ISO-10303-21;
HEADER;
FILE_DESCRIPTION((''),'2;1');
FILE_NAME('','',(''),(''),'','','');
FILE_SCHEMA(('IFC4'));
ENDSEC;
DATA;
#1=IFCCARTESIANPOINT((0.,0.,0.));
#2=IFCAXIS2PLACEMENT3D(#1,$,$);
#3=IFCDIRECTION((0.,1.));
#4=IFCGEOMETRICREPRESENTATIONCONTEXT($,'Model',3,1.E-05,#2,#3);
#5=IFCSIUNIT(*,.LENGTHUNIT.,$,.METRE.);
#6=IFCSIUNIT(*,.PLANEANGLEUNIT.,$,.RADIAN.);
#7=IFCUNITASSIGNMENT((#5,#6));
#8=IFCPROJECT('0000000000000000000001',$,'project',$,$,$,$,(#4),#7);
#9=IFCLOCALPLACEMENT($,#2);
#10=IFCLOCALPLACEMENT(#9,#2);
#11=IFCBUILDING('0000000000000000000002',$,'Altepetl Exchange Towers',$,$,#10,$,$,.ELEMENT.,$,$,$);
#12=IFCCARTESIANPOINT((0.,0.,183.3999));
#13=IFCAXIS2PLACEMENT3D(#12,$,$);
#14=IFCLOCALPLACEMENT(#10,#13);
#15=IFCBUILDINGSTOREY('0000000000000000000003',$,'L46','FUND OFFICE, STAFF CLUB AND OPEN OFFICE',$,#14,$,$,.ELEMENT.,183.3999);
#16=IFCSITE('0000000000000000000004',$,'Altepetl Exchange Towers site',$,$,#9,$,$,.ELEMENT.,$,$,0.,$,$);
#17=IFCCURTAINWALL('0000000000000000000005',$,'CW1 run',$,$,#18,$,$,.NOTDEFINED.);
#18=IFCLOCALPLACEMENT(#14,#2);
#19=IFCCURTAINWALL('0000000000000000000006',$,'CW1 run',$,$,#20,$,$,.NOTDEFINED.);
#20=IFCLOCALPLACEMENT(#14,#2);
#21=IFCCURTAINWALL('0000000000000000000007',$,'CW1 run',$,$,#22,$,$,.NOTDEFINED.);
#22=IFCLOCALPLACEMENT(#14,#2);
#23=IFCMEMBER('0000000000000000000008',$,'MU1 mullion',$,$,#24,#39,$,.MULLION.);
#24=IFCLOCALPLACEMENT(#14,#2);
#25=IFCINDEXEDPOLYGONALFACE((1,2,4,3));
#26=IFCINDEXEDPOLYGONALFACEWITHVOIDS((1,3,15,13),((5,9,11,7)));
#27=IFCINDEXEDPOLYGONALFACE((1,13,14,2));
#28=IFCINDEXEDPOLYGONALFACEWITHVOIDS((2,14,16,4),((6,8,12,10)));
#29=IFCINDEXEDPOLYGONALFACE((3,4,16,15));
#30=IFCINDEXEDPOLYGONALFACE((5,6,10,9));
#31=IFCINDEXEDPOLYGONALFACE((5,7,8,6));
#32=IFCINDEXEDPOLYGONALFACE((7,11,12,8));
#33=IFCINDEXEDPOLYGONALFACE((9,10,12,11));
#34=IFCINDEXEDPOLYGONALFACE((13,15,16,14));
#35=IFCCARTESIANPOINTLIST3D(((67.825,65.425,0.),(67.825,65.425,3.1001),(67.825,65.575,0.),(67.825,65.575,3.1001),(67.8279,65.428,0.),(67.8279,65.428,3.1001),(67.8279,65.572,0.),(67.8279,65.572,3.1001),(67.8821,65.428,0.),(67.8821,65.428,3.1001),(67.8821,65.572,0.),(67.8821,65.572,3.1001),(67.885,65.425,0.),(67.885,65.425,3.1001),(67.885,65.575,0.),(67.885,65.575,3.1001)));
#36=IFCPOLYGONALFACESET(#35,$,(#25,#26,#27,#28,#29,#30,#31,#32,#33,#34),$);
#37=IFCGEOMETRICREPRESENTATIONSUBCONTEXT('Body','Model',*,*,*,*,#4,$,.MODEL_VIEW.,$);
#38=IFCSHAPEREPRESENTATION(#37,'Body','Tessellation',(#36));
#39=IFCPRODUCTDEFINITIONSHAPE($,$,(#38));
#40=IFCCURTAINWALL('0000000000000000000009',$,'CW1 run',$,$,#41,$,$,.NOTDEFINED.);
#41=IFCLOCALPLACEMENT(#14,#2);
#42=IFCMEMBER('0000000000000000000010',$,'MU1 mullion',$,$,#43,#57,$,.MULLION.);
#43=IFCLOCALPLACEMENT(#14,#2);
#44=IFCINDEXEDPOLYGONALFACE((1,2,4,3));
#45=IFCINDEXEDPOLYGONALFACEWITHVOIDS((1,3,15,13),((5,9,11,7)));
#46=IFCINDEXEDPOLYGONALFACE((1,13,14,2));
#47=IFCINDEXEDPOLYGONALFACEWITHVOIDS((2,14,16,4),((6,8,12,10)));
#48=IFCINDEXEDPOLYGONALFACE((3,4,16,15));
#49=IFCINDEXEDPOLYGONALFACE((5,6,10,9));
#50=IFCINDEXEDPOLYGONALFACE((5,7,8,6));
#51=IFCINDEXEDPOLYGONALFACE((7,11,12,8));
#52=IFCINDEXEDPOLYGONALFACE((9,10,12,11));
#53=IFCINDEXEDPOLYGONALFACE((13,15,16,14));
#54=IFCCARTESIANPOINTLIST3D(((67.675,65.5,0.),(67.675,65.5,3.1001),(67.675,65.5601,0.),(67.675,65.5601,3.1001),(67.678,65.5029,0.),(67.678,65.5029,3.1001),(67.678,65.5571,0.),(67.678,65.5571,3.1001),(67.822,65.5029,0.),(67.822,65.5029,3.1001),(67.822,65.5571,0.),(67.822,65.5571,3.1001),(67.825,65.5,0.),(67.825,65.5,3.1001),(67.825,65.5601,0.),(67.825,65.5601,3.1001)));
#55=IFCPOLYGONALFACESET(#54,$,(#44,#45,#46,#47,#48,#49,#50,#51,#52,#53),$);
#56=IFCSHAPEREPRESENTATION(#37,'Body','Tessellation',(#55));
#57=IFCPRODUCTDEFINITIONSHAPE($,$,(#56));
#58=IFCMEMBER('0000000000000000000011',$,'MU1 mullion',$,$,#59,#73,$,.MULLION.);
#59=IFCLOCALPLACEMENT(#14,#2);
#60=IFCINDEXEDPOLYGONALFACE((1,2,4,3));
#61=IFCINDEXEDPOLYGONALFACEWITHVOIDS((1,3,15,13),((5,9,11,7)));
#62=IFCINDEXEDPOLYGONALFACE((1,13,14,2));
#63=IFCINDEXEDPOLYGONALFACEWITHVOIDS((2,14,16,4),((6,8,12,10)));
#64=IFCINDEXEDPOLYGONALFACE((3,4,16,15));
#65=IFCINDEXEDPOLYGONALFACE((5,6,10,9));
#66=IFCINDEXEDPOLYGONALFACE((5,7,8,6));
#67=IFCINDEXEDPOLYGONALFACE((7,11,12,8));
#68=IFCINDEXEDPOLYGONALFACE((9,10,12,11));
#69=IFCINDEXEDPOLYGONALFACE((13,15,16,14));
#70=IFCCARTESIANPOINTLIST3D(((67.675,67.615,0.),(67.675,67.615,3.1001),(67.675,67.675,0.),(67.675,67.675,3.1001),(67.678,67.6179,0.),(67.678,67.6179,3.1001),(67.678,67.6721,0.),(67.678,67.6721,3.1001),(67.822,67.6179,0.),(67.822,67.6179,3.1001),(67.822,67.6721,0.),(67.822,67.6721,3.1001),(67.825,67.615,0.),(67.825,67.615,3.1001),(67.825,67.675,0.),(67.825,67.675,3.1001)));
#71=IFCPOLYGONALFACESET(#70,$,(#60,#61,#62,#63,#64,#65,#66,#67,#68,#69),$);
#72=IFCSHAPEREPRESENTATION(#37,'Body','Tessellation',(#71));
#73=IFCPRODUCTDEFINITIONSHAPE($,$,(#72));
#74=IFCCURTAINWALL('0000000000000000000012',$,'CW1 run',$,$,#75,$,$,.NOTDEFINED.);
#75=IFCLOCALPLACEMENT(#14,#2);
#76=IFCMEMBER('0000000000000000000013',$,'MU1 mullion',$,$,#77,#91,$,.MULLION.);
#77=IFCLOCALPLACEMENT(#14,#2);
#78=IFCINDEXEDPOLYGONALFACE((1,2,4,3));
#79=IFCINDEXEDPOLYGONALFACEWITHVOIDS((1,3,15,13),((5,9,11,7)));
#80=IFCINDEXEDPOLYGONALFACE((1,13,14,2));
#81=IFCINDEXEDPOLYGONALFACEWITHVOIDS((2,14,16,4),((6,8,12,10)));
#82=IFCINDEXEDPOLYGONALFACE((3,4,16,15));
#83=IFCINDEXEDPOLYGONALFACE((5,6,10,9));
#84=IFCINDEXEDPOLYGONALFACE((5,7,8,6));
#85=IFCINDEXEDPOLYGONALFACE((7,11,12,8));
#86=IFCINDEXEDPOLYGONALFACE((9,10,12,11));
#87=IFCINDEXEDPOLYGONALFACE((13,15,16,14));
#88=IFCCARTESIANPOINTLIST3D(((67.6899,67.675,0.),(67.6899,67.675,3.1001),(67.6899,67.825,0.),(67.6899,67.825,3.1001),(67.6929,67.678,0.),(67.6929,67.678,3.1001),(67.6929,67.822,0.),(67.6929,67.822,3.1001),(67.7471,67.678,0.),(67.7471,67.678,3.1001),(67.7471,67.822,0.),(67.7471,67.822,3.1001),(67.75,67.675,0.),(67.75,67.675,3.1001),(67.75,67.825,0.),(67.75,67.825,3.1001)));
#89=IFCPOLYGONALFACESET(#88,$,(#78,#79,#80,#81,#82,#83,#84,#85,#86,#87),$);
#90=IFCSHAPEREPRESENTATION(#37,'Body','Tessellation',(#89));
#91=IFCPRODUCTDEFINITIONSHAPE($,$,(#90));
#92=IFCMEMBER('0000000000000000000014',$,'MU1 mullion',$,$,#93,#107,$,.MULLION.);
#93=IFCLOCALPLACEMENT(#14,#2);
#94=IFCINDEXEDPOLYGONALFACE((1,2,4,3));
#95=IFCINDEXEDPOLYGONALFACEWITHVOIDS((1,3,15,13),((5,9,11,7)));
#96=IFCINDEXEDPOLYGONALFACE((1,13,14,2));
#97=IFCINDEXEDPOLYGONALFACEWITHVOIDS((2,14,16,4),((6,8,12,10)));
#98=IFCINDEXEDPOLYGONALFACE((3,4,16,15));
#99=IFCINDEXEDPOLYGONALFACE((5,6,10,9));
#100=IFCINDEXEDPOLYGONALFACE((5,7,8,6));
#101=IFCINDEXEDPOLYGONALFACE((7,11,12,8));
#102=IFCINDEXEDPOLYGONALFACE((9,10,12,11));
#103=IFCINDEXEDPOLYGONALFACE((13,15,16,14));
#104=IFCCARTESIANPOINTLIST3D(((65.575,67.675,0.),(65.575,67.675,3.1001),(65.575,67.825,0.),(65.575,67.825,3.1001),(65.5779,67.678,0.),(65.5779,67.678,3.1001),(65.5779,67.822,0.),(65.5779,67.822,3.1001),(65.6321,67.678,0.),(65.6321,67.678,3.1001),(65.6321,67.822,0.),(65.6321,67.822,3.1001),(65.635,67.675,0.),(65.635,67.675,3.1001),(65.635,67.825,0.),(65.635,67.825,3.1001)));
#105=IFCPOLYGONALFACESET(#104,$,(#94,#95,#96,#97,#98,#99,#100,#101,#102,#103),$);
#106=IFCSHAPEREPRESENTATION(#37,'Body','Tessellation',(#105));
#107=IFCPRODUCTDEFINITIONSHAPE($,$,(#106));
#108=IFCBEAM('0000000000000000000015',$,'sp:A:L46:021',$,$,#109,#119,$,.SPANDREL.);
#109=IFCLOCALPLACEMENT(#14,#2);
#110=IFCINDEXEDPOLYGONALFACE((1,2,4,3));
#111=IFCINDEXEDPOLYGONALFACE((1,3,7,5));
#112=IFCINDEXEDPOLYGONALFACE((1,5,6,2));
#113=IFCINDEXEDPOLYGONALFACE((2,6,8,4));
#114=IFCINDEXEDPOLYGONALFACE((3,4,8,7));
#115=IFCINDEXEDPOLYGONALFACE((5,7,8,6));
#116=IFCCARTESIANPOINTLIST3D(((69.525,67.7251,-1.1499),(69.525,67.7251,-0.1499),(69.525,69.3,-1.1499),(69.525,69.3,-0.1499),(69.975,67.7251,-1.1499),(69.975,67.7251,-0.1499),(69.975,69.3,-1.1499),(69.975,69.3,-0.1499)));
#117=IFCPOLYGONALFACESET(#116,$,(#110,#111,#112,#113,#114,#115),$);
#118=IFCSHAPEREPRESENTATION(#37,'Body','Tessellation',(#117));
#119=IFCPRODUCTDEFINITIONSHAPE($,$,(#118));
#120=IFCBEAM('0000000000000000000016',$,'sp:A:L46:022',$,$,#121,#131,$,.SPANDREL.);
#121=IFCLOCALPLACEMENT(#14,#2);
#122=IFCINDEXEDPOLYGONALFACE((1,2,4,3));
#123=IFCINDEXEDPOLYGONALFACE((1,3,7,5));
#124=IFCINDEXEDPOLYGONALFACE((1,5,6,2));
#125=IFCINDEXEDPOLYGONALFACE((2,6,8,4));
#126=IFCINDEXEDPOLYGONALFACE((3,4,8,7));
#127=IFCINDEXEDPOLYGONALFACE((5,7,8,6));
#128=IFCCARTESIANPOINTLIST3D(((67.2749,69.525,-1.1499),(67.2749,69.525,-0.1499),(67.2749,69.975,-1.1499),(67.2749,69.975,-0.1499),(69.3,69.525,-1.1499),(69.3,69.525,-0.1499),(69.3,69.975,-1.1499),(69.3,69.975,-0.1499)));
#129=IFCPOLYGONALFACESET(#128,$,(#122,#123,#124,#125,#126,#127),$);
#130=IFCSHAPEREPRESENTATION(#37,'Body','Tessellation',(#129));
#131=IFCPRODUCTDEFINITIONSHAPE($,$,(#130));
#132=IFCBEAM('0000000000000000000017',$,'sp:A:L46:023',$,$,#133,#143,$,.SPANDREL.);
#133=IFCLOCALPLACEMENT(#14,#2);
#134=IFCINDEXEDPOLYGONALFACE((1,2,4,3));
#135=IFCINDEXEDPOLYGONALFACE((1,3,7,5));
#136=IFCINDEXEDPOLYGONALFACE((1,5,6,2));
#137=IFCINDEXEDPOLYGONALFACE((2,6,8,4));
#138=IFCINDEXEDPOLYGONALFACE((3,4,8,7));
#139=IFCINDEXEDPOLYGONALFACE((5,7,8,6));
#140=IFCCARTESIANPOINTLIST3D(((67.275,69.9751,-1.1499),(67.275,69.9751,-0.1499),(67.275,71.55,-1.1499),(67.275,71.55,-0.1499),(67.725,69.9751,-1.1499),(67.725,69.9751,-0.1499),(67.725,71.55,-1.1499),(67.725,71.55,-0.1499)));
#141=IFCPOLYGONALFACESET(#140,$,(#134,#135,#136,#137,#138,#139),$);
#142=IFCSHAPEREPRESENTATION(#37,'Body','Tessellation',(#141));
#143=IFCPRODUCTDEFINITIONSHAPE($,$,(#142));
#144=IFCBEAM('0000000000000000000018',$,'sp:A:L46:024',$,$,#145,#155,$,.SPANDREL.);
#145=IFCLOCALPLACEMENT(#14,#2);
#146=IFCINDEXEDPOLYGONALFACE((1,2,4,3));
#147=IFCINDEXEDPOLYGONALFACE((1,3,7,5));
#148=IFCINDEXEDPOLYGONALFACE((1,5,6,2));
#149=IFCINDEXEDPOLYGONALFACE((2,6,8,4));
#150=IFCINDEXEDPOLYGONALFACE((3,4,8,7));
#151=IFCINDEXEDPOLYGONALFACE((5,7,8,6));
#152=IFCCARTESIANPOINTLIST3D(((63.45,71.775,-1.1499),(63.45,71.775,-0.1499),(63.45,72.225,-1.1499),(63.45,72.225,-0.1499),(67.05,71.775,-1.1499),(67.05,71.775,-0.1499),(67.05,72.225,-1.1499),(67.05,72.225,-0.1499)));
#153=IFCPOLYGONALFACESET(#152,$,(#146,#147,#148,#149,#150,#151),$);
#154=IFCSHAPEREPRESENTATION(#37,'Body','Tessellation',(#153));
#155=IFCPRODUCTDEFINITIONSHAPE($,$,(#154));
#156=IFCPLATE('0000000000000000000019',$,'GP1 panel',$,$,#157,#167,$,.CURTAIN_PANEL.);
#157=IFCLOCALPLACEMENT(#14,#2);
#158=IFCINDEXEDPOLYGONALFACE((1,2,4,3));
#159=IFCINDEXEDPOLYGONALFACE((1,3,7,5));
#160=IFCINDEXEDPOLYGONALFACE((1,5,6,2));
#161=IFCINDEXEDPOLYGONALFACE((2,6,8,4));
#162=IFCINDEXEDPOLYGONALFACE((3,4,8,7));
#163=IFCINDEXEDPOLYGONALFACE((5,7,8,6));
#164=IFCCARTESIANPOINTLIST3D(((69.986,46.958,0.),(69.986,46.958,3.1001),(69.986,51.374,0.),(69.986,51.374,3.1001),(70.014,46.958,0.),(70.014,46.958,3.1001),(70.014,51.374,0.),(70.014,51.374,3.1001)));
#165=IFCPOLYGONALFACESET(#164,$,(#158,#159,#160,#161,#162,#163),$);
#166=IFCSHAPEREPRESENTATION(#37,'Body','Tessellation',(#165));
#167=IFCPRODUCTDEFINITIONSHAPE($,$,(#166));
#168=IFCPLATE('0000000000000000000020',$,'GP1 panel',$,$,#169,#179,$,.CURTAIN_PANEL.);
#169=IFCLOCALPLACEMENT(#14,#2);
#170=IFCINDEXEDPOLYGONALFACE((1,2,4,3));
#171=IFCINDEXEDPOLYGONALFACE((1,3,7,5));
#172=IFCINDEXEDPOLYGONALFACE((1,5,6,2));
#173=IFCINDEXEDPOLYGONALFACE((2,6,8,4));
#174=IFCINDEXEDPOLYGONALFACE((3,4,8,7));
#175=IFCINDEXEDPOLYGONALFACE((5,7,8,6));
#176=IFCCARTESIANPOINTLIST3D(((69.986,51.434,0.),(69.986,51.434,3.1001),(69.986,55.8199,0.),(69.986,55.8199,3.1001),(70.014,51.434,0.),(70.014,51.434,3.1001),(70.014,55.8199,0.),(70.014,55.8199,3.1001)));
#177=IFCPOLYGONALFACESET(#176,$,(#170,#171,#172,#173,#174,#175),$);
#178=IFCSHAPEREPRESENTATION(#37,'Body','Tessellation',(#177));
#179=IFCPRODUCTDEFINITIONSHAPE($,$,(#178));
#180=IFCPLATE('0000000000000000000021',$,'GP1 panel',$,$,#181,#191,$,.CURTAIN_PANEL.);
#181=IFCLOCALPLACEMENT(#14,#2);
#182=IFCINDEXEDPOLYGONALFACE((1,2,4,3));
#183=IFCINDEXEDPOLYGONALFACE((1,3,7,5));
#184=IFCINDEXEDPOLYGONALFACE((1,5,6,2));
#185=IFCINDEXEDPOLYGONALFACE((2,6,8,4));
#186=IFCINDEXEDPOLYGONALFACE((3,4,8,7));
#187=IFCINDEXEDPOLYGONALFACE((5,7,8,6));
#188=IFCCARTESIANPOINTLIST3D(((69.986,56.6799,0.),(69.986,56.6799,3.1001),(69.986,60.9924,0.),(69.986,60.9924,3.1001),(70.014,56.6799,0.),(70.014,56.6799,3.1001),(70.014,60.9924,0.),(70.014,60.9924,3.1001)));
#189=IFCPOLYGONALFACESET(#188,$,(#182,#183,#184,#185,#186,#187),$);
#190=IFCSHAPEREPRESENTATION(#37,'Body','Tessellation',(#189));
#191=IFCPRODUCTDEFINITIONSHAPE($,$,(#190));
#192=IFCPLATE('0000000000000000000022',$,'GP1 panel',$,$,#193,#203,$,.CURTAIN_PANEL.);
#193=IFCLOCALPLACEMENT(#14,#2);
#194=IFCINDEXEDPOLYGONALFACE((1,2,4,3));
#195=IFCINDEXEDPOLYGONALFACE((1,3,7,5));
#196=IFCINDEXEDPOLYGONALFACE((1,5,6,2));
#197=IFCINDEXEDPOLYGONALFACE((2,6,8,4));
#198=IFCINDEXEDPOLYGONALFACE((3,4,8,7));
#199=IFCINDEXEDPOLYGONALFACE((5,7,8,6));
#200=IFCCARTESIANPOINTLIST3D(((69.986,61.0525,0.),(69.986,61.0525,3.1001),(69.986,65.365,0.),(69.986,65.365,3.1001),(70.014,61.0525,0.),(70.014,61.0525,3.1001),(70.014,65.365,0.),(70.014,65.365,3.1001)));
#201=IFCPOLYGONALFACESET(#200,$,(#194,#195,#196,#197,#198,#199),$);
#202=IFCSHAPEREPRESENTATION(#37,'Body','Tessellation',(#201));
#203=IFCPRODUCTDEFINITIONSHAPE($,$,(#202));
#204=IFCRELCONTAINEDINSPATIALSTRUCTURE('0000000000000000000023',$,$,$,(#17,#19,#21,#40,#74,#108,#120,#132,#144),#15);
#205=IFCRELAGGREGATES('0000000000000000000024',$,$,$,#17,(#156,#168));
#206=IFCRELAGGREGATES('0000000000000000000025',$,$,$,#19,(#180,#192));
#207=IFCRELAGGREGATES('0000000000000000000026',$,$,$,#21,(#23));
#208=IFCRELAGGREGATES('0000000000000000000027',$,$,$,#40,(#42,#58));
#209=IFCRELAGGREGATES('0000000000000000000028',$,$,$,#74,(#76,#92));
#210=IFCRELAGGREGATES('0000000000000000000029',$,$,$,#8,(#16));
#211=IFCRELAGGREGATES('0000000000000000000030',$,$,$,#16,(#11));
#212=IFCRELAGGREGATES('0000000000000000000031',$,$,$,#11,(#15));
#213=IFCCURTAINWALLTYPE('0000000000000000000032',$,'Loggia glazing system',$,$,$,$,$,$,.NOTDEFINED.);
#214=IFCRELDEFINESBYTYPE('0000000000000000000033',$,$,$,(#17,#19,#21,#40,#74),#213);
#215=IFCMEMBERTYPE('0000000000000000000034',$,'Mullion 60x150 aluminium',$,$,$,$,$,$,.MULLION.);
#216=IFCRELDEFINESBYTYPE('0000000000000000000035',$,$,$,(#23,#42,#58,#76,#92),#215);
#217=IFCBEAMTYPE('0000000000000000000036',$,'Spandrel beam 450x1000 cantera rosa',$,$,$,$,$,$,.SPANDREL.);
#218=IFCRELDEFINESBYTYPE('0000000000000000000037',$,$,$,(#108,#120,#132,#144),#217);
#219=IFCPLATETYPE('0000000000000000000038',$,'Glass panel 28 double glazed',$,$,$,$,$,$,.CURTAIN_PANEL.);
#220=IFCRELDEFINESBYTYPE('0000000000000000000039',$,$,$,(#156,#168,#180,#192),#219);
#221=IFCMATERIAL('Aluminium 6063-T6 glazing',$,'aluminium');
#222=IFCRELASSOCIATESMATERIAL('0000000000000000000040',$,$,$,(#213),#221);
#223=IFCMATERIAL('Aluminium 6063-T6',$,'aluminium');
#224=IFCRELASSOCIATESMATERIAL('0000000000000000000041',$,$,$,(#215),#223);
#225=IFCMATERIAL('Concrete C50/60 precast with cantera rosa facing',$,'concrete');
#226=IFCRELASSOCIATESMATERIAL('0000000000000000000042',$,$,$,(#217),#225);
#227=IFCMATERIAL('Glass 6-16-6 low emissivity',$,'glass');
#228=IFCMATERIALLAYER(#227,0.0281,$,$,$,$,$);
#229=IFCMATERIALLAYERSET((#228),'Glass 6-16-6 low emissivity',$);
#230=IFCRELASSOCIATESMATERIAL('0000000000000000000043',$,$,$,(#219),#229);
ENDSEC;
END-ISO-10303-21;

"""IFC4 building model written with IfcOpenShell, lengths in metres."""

from ifc_helpers import new_model, si_unit, direction, frame, origin, origin_2d, place, context, subcontext, project, spatial, rectangle, hollow_rectangle, extrude, material, layer, layer_set, material_profile, profile_set, type_object, element, aggregate, save


model = new_model("IFC4")

# Units and contexts
model_context = context("Model", 3, precision=1e-05, world=origin(), true_north=direction((0.0, 1.0)))
body_context = subcontext(model_context, "Body", "Model", "MODEL_VIEW")
ifc_project = project(units=[si_unit("LENGTHUNIT", "METRE"), si_unit("PLANEANGLEUNIT", "RADIAN")], contexts=[model_context])

# Site, building, storey
site_placement = place(None, origin())
site = spatial("IfcSite", under=ifc_project, at=site_placement, Name="Altepetl Exchange Towers site", CompositionType="ELEMENT", RefElevation=0.0)
building_placement = place(site_placement, origin())
building = spatial("IfcBuilding", under=site, at=building_placement, Name="Altepetl Exchange Towers", CompositionType="ELEMENT")
storey_placement = place(building_placement, frame((0.0, 0.0, 183.3999)))
storey = spatial("IfcBuildingStorey", under=building, at=storey_placement, Name="L46", Description="FUND OFFICE, STAFF CLUB AND OPEN OFFICE", CompositionType="ELEMENT", Elevation=183.3999)

# Curtain walls, members
ifc_material_1 = material(Name="Aluminium 6063-T6 glazing", Category="aluminium")
curtain_wall_type = type_object("IfcCurtainWallType", Name="Loggia glazing system", PredefinedType="NOTDEFINED", material=ifc_material_1)
curtain_wall_1_placement = place(storey_placement, origin())
curtain_wall_1 = element("IfcCurtainWall", 1, at=curtain_wall_1_placement, inside=storey, type_object=curtain_wall_type, Name="CW1 run", PredefinedType="NOTDEFINED")
ifc_material_2 = material(Name="Aluminium 6063-T6", Category="aluminium")
ifc_material_profile_1 = material_profile(ifc_material_2, hollow_rectangle(XDim=0.0601, YDim=0.1499, WallThickness=0.0029, at=origin_2d()), Name="Mullion 60x150 aluminium")
ifc_profile_set_1 = profile_set([ifc_material_profile_1], Name="Aluminium 6063-T6")
member_type = type_object("IfcMemberType", Name="Mullion 60x150 aluminium", PredefinedType="MULLION", material=ifc_profile_set_1)
curtain_wall_2_placement = place(storey_placement, origin())
curtain_wall_2 = element("IfcCurtainWall", 2, at=curtain_wall_2_placement, inside=storey, type_object=curtain_wall_type, Name="CW1 run", PredefinedType="NOTDEFINED")
curtain_wall_3_placement = place(storey_placement, origin())
curtain_wall_3 = element("IfcCurtainWall", 3, at=curtain_wall_3_placement, inside=storey, type_object=curtain_wall_type, Name="CW1 run", PredefinedType="NOTDEFINED")
member_1_placement = place(storey_placement, frame((67.855, 65.5, 0.0), z_axis=(0.0, 0.0, 1.0), x_axis=(-1.0, 0.0, 0.0)))
member_1 = element("IfcMember", 4, at=member_1_placement, type_object=member_type, Name="MU1 mullion", PredefinedType="MULLION", context=body_context, shape_type="SweptSolid", body=[
    extrude(hollow_rectangle(XDim=0.0601, YDim=0.1499, WallThickness=0.0029, at=origin_2d()), origin(), (0.0, 0.0, 1.0), 3.1001),
])
curtain_wall_4_placement = place(storey_placement, origin())
curtain_wall_4 = element("IfcCurtainWall", 5, at=curtain_wall_4_placement, inside=storey, type_object=curtain_wall_type, Name="CW1 run", PredefinedType="NOTDEFINED")
member_2_placement = place(storey_placement, frame((67.75, 65.53, 0.0), z_axis=(0.0, 0.0, 1.0), x_axis=(0.0, 1.0, 0.0)))
member_2 = element("IfcMember", 6, at=member_2_placement, type_object=member_type, Name="MU1 mullion", PredefinedType="MULLION", context=body_context, shape_type="SweptSolid", body=[
    extrude(hollow_rectangle(XDim=0.0601, YDim=0.1499, WallThickness=0.0029, at=origin_2d()), origin(), (0.0, 0.0, 1.0), 3.1001),
])
member_3_placement = place(storey_placement, frame((67.75, 67.645, 0.0), z_axis=(0.0, 0.0, 1.0), x_axis=(0.0, 1.0, 0.0)))
member_3 = element("IfcMember", 7, at=member_3_placement, type_object=member_type, Name="MU1 mullion", PredefinedType="MULLION", context=body_context, shape_type="SweptSolid", body=[
    extrude(hollow_rectangle(XDim=0.0601, YDim=0.1499, WallThickness=0.0029, at=origin_2d()), origin(), (0.0, 0.0, 1.0), 3.1001),
])
curtain_wall_5_placement = place(storey_placement, origin())
curtain_wall_5 = element("IfcCurtainWall", 8, at=curtain_wall_5_placement, inside=storey, type_object=curtain_wall_type, Name="CW1 run", PredefinedType="NOTDEFINED")
member_4_placement = place(storey_placement, frame((67.72, 67.75, 0.0), z_axis=(0.0, 0.0, 1.0), x_axis=(-1.0, 0.0, 0.0)))
member_4 = element("IfcMember", 9, at=member_4_placement, type_object=member_type, Name="MU1 mullion", PredefinedType="MULLION", context=body_context, shape_type="SweptSolid", body=[
    extrude(hollow_rectangle(XDim=0.0601, YDim=0.1499, WallThickness=0.0029, at=origin_2d()), origin(), (0.0, 0.0, 1.0), 3.1001),
])
member_5_placement = place(storey_placement, frame((65.605, 67.75, 0.0), z_axis=(0.0, 0.0, 1.0), x_axis=(-1.0, 0.0, 0.0)))
member_5 = element("IfcMember", 10, at=member_5_placement, type_object=member_type, Name="MU1 mullion", PredefinedType="MULLION", context=body_context, shape_type="SweptSolid", body=[
    extrude(hollow_rectangle(XDim=0.0601, YDim=0.1499, WallThickness=0.0029, at=origin_2d()), origin(), (0.0, 0.0, 1.0), 3.1001),
])

# Beams
ifc_material_3 = material(Name="Concrete C50/60 precast with cantera rosa facing", Category="concrete")
ifc_material_profile_2 = material_profile(ifc_material_3, rectangle(XDim=0.45, YDim=1.0, at=origin_2d()), Name="450 x 1000")
ifc_profile_set_2 = profile_set([ifc_material_profile_2], Name="Concrete C50/60 precast with cantera rosa facing")
beam_type_1 = type_object("IfcBeamType", Name="Spandrel beam 450x1000 cantera rosa", PredefinedType="SPANDREL", material=ifc_profile_set_2)
beam_1_placement = place(storey_placement, frame((69.75, 67.7251, -0.6499), z_axis=(0.0, 1.0, 0.0), x_axis=(-1.0, 0.0, 0.0)))
element("IfcBeam", 11, at=beam_1_placement, inside=storey, type_object=beam_type_1, Name="sp:A:L46:021", PredefinedType="SPANDREL", context=body_context, shape_type="SweptSolid", body=[
    extrude(rectangle(XDim=0.45, YDim=1.0, at=origin_2d()), origin(), (0.0, 0.0, 1.0), 1.575),
])
beam_2_placement = place(storey_placement, frame((69.3, 69.75, -0.6499), z_axis=(-1.0, 0.0, 0.0), x_axis=(0.0, -1.0, 0.0)))
element("IfcBeam", 12, at=beam_2_placement, inside=storey, type_object=beam_type_1, Name="sp:A:L46:022", PredefinedType="SPANDREL", context=body_context, shape_type="SweptSolid", body=[
    extrude(rectangle(XDim=0.45, YDim=1.0, at=origin_2d()), origin(), (0.0, 0.0, 1.0), 2.0251),
])
beam_3_placement = place(storey_placement, frame((67.5, 69.9751, -0.6499), z_axis=(0.0, 1.0, 0.0), x_axis=(-1.0, 0.0, 0.0)))
element("IfcBeam", 13, at=beam_3_placement, inside=storey, type_object=beam_type_1, Name="sp:A:L46:023", PredefinedType="SPANDREL", context=body_context, shape_type="SweptSolid", body=[
    extrude(rectangle(XDim=0.45, YDim=1.0, at=origin_2d()), origin(), (0.0, 0.0, 1.0), 1.575),
])
beam_4_placement = place(storey_placement, frame((67.05, 72.0, -0.6499), z_axis=(-1.0, 0.0, 0.0), x_axis=(0.0, -1.0, 0.0)))
element("IfcBeam", 14, at=beam_4_placement, inside=storey, type_object=beam_type_1, Name="sp:A:L46:024", PredefinedType="SPANDREL", context=body_context, shape_type="SweptSolid", body=[
    extrude(rectangle(XDim=0.45, YDim=1.0, at=origin_2d()), origin(), (0.0, 0.0, 1.0), 3.6001),
])

# Plates
ifc_material_4 = material(Name="Glass 6-16-6 low emissivity", Category="glass")
ifc_layer = layer(ifc_material_4, 0.0281)
ifc_layer_set = layer_set([ifc_layer], Name="Glass 6-16-6 low emissivity")
plate_type = type_object("IfcPlateType", Name="Glass panel 28 double glazed", PredefinedType="CURTAIN_PANEL", material=ifc_layer_set)
plate_1_placement = place(storey_placement, frame((70.0, 49.166, 0.0), z_axis=(0.0, 0.0, 1.0), x_axis=(0.0, 1.0, 0.0)))
plate_1 = element("IfcPlate", 15, at=plate_1_placement, type_object=plate_type, Name="GP1 panel", PredefinedType="CURTAIN_PANEL", context=body_context, shape_type="SweptSolid", body=[
    extrude(rectangle(XDim=4.416, YDim=0.0281, at=origin_2d()), origin(), (0.0, 0.0, 1.0), 3.1001),
])
plate_2_placement = place(storey_placement, frame((70.0, 53.627, 0.0), z_axis=(0.0, 0.0, 1.0), x_axis=(0.0, 1.0, 0.0)))
plate_2 = element("IfcPlate", 16, at=plate_2_placement, type_object=plate_type, Name="GP1 panel", PredefinedType="CURTAIN_PANEL", context=body_context, shape_type="SweptSolid", body=[
    extrude(rectangle(XDim=4.386, YDim=0.0281, at=origin_2d()), origin(), (0.0, 0.0, 1.0), 3.1001),
])
aggregate(curtain_wall_1, [plate_1, plate_2])
plate_3_placement = place(storey_placement, frame((70.0, 58.8362, 0.0), z_axis=(0.0, 0.0, 1.0), x_axis=(0.0, 1.0, 0.0)))
plate_3 = element("IfcPlate", 17, at=plate_3_placement, type_object=plate_type, Name="GP1 panel", PredefinedType="CURTAIN_PANEL", context=body_context, shape_type="SweptSolid", body=[
    extrude(rectangle(XDim=4.3125, YDim=0.0281, at=origin_2d()), origin(), (0.0, 0.0, 1.0), 3.1001),
])
plate_4_placement = place(storey_placement, frame((70.0, 63.2087, 0.0), z_axis=(0.0, 0.0, 1.0), x_axis=(0.0, 1.0, 0.0)))
plate_4 = element("IfcPlate", 18, at=plate_4_placement, type_object=plate_type, Name="GP1 panel", PredefinedType="CURTAIN_PANEL", context=body_context, shape_type="SweptSolid", body=[
    extrude(rectangle(XDim=4.3125, YDim=0.0281, at=origin_2d()), origin(), (0.0, 0.0, 1.0), 3.1001),
])
aggregate(curtain_wall_2, [plate_3, plate_4])
aggregate(curtain_wall_3, [member_1])
aggregate(curtain_wall_4, [member_2, member_3])
aggregate(curtain_wall_5, [member_4, member_5])

save(model, "model.ifc")
